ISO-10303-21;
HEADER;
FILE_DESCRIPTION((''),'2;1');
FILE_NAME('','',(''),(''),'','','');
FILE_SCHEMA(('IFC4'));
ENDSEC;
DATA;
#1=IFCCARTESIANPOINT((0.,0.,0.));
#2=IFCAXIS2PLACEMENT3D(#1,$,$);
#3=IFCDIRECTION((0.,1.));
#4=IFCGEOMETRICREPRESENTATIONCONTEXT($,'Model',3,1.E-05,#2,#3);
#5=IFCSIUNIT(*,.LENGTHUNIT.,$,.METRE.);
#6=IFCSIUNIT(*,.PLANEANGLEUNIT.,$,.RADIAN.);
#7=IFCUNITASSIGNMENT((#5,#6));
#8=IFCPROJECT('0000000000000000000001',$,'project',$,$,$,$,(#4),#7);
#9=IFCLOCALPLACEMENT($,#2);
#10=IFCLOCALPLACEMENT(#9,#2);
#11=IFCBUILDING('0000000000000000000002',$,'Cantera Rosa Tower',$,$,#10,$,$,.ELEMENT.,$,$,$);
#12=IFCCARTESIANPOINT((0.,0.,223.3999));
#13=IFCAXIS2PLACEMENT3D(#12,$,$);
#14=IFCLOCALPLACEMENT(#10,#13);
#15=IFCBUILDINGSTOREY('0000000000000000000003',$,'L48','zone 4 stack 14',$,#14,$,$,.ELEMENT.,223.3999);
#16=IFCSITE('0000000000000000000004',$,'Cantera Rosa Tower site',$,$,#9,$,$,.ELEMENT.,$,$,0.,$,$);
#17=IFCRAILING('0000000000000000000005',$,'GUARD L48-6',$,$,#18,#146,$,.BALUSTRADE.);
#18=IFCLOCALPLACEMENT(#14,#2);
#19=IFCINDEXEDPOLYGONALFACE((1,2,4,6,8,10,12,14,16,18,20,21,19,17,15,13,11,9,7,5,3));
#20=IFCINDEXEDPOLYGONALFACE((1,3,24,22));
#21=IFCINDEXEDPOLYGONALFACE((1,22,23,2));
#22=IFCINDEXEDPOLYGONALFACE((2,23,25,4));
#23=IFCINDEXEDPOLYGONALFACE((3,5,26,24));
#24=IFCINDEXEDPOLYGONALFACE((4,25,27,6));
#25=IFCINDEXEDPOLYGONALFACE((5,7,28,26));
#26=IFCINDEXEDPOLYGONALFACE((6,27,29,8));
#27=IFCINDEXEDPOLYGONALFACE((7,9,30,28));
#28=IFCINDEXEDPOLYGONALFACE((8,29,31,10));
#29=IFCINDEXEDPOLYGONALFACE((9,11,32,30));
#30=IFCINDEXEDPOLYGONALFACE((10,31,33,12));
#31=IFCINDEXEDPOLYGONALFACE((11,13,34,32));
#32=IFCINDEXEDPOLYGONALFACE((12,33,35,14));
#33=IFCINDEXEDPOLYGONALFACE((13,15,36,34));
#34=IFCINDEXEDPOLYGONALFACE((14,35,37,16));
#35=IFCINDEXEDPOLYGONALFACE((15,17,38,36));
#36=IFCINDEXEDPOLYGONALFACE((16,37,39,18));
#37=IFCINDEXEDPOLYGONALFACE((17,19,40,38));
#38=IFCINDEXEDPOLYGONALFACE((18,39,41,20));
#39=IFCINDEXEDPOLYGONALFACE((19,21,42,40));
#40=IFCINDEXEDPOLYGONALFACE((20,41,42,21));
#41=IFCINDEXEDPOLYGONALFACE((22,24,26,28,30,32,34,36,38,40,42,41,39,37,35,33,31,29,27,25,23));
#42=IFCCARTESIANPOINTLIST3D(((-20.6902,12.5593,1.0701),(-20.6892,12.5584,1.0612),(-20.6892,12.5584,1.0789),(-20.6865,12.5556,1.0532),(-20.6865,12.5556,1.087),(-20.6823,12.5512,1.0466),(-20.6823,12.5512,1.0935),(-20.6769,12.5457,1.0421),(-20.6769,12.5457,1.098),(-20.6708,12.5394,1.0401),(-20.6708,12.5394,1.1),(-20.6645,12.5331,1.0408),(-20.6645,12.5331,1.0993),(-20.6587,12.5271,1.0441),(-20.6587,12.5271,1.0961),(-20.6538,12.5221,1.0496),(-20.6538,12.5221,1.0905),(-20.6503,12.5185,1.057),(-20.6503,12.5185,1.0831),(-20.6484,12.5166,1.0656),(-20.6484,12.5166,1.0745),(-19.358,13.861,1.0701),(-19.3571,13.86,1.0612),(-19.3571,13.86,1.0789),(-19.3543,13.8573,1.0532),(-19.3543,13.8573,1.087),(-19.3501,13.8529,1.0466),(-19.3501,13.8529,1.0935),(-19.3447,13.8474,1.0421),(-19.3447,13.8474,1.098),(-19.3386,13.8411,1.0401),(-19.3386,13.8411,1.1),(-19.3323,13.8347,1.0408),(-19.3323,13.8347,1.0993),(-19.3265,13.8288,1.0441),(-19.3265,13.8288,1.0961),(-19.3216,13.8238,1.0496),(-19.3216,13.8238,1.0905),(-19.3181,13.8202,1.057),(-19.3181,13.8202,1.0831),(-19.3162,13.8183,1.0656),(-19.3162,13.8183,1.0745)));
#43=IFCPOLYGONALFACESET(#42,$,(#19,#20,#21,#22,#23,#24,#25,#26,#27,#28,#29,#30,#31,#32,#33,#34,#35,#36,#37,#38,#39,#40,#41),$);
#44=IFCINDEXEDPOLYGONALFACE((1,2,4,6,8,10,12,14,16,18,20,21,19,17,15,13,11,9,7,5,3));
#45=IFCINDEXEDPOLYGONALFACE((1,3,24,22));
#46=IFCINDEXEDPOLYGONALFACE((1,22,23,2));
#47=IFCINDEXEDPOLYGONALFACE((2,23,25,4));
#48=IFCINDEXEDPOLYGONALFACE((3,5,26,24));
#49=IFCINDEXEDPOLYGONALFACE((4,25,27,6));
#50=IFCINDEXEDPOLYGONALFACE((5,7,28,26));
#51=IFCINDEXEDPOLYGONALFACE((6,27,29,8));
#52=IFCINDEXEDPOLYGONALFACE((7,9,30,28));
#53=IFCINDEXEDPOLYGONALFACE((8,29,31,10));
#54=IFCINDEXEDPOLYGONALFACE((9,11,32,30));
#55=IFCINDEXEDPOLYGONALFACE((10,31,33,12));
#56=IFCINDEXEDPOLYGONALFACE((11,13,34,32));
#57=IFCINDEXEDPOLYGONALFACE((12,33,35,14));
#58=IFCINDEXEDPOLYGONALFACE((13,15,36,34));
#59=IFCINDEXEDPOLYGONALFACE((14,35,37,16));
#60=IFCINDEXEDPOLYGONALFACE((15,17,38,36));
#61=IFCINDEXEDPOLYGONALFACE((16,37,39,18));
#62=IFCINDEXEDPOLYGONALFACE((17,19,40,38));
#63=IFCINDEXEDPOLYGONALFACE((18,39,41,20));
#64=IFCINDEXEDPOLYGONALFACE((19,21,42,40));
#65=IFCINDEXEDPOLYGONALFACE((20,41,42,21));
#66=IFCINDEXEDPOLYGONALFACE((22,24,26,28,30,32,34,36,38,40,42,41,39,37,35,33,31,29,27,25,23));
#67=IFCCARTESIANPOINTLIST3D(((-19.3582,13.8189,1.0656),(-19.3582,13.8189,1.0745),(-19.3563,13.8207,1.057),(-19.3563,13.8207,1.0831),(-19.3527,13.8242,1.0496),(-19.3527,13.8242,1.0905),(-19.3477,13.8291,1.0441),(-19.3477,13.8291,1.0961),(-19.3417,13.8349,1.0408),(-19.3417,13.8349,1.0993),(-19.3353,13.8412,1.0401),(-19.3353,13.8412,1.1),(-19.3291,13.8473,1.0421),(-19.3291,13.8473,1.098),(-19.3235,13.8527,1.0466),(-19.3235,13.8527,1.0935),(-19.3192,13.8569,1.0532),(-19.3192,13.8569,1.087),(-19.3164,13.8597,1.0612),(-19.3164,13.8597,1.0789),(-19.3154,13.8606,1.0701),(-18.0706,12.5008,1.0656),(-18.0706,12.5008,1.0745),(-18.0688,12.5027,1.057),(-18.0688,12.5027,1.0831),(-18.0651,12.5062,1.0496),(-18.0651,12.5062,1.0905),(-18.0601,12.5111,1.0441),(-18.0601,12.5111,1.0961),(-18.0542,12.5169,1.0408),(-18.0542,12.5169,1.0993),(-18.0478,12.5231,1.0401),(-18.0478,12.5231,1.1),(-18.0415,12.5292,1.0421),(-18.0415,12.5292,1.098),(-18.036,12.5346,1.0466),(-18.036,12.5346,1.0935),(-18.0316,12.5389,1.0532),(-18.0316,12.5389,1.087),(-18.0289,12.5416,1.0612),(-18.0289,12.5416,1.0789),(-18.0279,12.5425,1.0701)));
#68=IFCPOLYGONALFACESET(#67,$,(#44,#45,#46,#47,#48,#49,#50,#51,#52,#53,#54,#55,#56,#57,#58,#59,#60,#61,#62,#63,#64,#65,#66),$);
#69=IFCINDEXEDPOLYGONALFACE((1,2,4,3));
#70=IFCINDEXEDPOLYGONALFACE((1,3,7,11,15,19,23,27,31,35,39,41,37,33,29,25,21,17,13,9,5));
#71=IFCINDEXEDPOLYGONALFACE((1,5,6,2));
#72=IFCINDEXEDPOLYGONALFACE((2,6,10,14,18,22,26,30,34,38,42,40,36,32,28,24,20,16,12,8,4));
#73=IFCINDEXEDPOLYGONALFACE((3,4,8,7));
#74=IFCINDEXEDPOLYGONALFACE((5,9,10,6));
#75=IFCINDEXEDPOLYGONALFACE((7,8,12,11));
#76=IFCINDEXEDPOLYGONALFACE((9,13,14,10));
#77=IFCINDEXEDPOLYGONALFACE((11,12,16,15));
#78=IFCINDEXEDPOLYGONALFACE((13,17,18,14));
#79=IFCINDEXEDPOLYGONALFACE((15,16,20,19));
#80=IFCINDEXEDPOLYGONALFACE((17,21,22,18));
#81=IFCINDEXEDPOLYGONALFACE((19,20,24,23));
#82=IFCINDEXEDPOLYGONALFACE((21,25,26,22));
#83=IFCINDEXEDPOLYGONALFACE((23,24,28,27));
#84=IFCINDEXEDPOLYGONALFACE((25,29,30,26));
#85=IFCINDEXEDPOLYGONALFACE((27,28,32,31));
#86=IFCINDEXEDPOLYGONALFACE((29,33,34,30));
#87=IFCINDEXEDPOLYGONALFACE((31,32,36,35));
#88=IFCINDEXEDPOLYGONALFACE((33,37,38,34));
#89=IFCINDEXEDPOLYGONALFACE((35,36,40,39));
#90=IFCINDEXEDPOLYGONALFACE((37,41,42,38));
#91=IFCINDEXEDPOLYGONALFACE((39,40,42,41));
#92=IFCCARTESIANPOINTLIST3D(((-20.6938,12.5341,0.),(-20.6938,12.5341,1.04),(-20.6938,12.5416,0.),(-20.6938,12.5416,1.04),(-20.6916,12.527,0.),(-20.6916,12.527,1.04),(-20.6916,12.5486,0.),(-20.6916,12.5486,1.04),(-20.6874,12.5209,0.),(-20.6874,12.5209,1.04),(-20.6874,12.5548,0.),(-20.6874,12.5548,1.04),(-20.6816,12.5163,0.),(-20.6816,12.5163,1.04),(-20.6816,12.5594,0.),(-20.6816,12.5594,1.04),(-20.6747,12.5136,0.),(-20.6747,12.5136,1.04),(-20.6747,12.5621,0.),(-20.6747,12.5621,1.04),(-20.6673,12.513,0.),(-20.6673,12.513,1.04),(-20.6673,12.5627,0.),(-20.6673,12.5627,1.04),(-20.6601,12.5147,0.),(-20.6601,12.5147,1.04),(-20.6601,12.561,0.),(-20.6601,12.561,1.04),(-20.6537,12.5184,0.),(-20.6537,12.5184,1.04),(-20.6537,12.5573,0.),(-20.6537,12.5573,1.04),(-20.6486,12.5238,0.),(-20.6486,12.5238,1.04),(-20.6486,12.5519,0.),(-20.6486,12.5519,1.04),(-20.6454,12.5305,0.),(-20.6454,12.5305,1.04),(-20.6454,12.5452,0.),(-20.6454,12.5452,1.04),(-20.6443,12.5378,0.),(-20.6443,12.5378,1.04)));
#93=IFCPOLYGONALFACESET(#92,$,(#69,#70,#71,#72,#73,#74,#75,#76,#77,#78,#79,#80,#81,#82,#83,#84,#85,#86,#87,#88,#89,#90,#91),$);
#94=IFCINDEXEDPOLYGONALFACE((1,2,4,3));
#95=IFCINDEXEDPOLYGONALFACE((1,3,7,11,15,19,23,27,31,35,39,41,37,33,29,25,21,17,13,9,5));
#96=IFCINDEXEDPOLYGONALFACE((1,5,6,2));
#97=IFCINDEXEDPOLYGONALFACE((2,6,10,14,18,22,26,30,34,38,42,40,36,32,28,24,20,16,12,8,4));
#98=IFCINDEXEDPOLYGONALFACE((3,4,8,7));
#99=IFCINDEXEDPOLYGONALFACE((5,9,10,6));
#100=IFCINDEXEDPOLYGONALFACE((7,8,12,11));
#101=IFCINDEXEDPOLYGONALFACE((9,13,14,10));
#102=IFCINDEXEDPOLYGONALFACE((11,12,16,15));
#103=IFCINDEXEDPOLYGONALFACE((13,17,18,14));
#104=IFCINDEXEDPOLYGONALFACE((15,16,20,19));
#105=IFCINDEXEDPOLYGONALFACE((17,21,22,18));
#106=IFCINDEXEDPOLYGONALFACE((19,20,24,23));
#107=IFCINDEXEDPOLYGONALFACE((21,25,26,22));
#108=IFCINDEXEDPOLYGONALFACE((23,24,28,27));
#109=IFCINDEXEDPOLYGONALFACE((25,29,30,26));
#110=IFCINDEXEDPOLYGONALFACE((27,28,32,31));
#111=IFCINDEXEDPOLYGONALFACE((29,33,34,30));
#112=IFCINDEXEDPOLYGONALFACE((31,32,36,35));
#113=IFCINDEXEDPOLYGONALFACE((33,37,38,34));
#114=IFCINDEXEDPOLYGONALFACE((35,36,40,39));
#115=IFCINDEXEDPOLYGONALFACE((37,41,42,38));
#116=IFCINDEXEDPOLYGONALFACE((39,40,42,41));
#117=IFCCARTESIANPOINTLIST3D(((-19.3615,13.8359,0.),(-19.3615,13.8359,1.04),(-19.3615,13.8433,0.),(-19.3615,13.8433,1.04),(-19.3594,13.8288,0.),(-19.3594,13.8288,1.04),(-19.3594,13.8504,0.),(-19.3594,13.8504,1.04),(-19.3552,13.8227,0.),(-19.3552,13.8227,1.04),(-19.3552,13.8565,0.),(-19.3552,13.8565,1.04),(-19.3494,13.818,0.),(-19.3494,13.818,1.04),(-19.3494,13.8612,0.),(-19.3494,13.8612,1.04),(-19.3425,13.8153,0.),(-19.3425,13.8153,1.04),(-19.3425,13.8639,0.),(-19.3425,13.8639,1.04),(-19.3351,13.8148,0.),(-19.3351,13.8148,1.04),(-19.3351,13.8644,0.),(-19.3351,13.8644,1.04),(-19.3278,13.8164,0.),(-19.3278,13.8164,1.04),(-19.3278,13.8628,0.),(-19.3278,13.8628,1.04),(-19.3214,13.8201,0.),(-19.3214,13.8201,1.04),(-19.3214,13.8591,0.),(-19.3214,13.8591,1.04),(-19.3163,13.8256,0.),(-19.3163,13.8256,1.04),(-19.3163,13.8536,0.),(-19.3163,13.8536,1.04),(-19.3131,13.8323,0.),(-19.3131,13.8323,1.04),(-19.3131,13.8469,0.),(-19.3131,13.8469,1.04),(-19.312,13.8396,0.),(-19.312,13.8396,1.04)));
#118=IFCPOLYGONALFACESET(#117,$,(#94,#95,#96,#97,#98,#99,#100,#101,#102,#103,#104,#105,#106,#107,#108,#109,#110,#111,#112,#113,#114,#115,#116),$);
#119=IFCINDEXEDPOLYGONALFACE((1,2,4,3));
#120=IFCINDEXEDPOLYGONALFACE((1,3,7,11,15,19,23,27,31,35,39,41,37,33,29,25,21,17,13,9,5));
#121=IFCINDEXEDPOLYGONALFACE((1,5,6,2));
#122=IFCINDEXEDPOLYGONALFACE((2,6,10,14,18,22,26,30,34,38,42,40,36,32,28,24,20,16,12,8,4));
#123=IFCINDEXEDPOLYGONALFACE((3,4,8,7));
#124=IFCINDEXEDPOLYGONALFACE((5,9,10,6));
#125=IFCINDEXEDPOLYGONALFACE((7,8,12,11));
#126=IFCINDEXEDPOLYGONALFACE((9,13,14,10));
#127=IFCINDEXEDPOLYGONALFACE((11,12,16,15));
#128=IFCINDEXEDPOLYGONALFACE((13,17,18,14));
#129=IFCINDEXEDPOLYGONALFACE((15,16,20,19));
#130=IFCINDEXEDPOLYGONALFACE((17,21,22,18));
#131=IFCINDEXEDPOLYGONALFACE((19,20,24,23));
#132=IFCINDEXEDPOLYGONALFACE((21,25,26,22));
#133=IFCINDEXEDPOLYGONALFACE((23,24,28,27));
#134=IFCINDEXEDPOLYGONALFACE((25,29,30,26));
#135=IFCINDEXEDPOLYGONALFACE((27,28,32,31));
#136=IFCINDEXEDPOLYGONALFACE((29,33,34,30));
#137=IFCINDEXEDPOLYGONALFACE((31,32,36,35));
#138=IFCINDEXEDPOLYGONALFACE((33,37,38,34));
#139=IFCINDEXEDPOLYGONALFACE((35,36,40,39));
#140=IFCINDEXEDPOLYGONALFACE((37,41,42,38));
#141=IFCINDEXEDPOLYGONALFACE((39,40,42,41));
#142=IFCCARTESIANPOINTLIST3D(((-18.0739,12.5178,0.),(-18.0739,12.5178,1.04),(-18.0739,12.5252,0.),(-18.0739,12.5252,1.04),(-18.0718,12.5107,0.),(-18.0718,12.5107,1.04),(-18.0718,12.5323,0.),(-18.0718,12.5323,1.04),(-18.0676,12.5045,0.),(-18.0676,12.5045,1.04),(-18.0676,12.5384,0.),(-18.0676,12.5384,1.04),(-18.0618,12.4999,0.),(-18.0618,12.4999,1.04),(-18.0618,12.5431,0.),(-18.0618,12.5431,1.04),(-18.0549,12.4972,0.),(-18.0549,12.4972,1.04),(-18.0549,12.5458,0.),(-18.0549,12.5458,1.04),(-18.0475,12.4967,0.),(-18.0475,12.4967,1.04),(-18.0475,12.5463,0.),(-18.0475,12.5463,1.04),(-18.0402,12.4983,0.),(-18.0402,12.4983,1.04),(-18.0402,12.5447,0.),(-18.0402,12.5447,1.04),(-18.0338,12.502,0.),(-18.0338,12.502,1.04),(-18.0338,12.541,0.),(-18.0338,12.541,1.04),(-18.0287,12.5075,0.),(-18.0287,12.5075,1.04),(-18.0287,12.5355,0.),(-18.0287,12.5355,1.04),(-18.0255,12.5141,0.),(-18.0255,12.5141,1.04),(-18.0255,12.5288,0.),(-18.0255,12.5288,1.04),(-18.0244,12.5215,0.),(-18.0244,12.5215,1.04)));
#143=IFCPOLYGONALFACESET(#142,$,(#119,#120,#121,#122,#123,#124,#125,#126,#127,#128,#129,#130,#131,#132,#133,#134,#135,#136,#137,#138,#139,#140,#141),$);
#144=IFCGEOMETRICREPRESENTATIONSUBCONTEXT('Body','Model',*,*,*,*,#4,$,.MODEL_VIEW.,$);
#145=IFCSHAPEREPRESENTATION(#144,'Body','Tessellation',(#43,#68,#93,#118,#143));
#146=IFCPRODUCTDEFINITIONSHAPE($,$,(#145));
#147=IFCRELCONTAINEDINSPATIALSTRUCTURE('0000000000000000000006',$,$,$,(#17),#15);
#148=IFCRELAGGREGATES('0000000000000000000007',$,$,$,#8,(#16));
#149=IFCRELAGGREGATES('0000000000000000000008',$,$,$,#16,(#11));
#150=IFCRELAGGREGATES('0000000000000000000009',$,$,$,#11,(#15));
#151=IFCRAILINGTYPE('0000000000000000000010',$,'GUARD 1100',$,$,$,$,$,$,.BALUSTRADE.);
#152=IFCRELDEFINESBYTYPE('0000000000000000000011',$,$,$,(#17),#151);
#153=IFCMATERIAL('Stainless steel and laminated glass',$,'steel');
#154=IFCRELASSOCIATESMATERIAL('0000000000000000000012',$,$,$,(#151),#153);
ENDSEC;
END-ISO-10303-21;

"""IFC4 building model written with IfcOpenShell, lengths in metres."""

from ifc_helpers import new_model, si_unit, direction, frame, origin, origin_2d, place, context, subcontext, project, spatial, circle, extrude, material, type_object, element, save


model = new_model("IFC4")

# Units and contexts
model_context = context("Model", 3, precision=1e-05, world=origin(), true_north=direction((0.0, 1.0)))
body_context = subcontext(model_context, "Body", "Model", "MODEL_VIEW")
ifc_project = project(units=[si_unit("LENGTHUNIT", "METRE"), si_unit("PLANEANGLEUNIT", "RADIAN")], contexts=[model_context])

# Site, building, storey
site_placement = place(None, origin())
site = spatial("IfcSite", under=ifc_project, at=site_placement, Name="Cantera Rosa Tower site", CompositionType="ELEMENT", RefElevation=0.0)
building_placement = place(site_placement, origin())
building = spatial("IfcBuilding", under=site, at=building_placement, Name="Cantera Rosa Tower", CompositionType="ELEMENT")
storey_placement = place(building_placement, frame((0.0, 0.0, 223.3999)))
storey = spatial("IfcBuildingStorey", under=building, at=storey_placement, Name="L48", Description="zone 4 stack 14", CompositionType="ELEMENT", Elevation=223.3999)

# Railing
ifc_material_1 = material(Name="Stainless steel and laminated glass", Category="steel")
railing_type = type_object("IfcRailingType", Name="GUARD 1100", PredefinedType="BALUSTRADE", material=ifc_material_1)
railing_1_placement = place(storey_placement, frame((-20.6692, 12.5378, 0.0)))
element("IfcRailing", 1, at=railing_1_placement, inside=storey, type_object=railing_type, Name="GUARD L48-6", PredefinedType="BALUSTRADE", context=body_context, shape_type="SweptSolid", body=[
    extrude(circle(Radius=0.03, at=origin_2d()), frame((0.0, 0.0, 1.0701), z_axis=(0.715251, 0.698867, 0.0), x_axis=(-0.698867, 0.715251, 0.0)), (0.0, 0.0, 1.0), 1.8625),
    extrude(circle(Radius=0.03, at=origin_2d()), frame((1.3323, 1.3018, 1.0701), z_axis=(0.698777, -0.715339, 0.0), x_axis=(0.715339, 0.698777, 0.0)), (0.0, 0.0, 1.0), 1.8425),
    extrude(circle(Radius=0.0249, at=origin_2d()), origin(), (0.0, 0.0, 1.0), 1.04),
    extrude(circle(Radius=0.0249, at=origin_2d()), frame((1.3323, 1.3018, 0.0)), (0.0, 0.0, 1.0), 1.04),
    extrude(circle(Radius=0.0249, at=origin_2d()), frame((2.6199, -0.0164, 0.0)), (0.0, 0.0, 1.0), 1.04),
])

save(model, "model.ifc")
